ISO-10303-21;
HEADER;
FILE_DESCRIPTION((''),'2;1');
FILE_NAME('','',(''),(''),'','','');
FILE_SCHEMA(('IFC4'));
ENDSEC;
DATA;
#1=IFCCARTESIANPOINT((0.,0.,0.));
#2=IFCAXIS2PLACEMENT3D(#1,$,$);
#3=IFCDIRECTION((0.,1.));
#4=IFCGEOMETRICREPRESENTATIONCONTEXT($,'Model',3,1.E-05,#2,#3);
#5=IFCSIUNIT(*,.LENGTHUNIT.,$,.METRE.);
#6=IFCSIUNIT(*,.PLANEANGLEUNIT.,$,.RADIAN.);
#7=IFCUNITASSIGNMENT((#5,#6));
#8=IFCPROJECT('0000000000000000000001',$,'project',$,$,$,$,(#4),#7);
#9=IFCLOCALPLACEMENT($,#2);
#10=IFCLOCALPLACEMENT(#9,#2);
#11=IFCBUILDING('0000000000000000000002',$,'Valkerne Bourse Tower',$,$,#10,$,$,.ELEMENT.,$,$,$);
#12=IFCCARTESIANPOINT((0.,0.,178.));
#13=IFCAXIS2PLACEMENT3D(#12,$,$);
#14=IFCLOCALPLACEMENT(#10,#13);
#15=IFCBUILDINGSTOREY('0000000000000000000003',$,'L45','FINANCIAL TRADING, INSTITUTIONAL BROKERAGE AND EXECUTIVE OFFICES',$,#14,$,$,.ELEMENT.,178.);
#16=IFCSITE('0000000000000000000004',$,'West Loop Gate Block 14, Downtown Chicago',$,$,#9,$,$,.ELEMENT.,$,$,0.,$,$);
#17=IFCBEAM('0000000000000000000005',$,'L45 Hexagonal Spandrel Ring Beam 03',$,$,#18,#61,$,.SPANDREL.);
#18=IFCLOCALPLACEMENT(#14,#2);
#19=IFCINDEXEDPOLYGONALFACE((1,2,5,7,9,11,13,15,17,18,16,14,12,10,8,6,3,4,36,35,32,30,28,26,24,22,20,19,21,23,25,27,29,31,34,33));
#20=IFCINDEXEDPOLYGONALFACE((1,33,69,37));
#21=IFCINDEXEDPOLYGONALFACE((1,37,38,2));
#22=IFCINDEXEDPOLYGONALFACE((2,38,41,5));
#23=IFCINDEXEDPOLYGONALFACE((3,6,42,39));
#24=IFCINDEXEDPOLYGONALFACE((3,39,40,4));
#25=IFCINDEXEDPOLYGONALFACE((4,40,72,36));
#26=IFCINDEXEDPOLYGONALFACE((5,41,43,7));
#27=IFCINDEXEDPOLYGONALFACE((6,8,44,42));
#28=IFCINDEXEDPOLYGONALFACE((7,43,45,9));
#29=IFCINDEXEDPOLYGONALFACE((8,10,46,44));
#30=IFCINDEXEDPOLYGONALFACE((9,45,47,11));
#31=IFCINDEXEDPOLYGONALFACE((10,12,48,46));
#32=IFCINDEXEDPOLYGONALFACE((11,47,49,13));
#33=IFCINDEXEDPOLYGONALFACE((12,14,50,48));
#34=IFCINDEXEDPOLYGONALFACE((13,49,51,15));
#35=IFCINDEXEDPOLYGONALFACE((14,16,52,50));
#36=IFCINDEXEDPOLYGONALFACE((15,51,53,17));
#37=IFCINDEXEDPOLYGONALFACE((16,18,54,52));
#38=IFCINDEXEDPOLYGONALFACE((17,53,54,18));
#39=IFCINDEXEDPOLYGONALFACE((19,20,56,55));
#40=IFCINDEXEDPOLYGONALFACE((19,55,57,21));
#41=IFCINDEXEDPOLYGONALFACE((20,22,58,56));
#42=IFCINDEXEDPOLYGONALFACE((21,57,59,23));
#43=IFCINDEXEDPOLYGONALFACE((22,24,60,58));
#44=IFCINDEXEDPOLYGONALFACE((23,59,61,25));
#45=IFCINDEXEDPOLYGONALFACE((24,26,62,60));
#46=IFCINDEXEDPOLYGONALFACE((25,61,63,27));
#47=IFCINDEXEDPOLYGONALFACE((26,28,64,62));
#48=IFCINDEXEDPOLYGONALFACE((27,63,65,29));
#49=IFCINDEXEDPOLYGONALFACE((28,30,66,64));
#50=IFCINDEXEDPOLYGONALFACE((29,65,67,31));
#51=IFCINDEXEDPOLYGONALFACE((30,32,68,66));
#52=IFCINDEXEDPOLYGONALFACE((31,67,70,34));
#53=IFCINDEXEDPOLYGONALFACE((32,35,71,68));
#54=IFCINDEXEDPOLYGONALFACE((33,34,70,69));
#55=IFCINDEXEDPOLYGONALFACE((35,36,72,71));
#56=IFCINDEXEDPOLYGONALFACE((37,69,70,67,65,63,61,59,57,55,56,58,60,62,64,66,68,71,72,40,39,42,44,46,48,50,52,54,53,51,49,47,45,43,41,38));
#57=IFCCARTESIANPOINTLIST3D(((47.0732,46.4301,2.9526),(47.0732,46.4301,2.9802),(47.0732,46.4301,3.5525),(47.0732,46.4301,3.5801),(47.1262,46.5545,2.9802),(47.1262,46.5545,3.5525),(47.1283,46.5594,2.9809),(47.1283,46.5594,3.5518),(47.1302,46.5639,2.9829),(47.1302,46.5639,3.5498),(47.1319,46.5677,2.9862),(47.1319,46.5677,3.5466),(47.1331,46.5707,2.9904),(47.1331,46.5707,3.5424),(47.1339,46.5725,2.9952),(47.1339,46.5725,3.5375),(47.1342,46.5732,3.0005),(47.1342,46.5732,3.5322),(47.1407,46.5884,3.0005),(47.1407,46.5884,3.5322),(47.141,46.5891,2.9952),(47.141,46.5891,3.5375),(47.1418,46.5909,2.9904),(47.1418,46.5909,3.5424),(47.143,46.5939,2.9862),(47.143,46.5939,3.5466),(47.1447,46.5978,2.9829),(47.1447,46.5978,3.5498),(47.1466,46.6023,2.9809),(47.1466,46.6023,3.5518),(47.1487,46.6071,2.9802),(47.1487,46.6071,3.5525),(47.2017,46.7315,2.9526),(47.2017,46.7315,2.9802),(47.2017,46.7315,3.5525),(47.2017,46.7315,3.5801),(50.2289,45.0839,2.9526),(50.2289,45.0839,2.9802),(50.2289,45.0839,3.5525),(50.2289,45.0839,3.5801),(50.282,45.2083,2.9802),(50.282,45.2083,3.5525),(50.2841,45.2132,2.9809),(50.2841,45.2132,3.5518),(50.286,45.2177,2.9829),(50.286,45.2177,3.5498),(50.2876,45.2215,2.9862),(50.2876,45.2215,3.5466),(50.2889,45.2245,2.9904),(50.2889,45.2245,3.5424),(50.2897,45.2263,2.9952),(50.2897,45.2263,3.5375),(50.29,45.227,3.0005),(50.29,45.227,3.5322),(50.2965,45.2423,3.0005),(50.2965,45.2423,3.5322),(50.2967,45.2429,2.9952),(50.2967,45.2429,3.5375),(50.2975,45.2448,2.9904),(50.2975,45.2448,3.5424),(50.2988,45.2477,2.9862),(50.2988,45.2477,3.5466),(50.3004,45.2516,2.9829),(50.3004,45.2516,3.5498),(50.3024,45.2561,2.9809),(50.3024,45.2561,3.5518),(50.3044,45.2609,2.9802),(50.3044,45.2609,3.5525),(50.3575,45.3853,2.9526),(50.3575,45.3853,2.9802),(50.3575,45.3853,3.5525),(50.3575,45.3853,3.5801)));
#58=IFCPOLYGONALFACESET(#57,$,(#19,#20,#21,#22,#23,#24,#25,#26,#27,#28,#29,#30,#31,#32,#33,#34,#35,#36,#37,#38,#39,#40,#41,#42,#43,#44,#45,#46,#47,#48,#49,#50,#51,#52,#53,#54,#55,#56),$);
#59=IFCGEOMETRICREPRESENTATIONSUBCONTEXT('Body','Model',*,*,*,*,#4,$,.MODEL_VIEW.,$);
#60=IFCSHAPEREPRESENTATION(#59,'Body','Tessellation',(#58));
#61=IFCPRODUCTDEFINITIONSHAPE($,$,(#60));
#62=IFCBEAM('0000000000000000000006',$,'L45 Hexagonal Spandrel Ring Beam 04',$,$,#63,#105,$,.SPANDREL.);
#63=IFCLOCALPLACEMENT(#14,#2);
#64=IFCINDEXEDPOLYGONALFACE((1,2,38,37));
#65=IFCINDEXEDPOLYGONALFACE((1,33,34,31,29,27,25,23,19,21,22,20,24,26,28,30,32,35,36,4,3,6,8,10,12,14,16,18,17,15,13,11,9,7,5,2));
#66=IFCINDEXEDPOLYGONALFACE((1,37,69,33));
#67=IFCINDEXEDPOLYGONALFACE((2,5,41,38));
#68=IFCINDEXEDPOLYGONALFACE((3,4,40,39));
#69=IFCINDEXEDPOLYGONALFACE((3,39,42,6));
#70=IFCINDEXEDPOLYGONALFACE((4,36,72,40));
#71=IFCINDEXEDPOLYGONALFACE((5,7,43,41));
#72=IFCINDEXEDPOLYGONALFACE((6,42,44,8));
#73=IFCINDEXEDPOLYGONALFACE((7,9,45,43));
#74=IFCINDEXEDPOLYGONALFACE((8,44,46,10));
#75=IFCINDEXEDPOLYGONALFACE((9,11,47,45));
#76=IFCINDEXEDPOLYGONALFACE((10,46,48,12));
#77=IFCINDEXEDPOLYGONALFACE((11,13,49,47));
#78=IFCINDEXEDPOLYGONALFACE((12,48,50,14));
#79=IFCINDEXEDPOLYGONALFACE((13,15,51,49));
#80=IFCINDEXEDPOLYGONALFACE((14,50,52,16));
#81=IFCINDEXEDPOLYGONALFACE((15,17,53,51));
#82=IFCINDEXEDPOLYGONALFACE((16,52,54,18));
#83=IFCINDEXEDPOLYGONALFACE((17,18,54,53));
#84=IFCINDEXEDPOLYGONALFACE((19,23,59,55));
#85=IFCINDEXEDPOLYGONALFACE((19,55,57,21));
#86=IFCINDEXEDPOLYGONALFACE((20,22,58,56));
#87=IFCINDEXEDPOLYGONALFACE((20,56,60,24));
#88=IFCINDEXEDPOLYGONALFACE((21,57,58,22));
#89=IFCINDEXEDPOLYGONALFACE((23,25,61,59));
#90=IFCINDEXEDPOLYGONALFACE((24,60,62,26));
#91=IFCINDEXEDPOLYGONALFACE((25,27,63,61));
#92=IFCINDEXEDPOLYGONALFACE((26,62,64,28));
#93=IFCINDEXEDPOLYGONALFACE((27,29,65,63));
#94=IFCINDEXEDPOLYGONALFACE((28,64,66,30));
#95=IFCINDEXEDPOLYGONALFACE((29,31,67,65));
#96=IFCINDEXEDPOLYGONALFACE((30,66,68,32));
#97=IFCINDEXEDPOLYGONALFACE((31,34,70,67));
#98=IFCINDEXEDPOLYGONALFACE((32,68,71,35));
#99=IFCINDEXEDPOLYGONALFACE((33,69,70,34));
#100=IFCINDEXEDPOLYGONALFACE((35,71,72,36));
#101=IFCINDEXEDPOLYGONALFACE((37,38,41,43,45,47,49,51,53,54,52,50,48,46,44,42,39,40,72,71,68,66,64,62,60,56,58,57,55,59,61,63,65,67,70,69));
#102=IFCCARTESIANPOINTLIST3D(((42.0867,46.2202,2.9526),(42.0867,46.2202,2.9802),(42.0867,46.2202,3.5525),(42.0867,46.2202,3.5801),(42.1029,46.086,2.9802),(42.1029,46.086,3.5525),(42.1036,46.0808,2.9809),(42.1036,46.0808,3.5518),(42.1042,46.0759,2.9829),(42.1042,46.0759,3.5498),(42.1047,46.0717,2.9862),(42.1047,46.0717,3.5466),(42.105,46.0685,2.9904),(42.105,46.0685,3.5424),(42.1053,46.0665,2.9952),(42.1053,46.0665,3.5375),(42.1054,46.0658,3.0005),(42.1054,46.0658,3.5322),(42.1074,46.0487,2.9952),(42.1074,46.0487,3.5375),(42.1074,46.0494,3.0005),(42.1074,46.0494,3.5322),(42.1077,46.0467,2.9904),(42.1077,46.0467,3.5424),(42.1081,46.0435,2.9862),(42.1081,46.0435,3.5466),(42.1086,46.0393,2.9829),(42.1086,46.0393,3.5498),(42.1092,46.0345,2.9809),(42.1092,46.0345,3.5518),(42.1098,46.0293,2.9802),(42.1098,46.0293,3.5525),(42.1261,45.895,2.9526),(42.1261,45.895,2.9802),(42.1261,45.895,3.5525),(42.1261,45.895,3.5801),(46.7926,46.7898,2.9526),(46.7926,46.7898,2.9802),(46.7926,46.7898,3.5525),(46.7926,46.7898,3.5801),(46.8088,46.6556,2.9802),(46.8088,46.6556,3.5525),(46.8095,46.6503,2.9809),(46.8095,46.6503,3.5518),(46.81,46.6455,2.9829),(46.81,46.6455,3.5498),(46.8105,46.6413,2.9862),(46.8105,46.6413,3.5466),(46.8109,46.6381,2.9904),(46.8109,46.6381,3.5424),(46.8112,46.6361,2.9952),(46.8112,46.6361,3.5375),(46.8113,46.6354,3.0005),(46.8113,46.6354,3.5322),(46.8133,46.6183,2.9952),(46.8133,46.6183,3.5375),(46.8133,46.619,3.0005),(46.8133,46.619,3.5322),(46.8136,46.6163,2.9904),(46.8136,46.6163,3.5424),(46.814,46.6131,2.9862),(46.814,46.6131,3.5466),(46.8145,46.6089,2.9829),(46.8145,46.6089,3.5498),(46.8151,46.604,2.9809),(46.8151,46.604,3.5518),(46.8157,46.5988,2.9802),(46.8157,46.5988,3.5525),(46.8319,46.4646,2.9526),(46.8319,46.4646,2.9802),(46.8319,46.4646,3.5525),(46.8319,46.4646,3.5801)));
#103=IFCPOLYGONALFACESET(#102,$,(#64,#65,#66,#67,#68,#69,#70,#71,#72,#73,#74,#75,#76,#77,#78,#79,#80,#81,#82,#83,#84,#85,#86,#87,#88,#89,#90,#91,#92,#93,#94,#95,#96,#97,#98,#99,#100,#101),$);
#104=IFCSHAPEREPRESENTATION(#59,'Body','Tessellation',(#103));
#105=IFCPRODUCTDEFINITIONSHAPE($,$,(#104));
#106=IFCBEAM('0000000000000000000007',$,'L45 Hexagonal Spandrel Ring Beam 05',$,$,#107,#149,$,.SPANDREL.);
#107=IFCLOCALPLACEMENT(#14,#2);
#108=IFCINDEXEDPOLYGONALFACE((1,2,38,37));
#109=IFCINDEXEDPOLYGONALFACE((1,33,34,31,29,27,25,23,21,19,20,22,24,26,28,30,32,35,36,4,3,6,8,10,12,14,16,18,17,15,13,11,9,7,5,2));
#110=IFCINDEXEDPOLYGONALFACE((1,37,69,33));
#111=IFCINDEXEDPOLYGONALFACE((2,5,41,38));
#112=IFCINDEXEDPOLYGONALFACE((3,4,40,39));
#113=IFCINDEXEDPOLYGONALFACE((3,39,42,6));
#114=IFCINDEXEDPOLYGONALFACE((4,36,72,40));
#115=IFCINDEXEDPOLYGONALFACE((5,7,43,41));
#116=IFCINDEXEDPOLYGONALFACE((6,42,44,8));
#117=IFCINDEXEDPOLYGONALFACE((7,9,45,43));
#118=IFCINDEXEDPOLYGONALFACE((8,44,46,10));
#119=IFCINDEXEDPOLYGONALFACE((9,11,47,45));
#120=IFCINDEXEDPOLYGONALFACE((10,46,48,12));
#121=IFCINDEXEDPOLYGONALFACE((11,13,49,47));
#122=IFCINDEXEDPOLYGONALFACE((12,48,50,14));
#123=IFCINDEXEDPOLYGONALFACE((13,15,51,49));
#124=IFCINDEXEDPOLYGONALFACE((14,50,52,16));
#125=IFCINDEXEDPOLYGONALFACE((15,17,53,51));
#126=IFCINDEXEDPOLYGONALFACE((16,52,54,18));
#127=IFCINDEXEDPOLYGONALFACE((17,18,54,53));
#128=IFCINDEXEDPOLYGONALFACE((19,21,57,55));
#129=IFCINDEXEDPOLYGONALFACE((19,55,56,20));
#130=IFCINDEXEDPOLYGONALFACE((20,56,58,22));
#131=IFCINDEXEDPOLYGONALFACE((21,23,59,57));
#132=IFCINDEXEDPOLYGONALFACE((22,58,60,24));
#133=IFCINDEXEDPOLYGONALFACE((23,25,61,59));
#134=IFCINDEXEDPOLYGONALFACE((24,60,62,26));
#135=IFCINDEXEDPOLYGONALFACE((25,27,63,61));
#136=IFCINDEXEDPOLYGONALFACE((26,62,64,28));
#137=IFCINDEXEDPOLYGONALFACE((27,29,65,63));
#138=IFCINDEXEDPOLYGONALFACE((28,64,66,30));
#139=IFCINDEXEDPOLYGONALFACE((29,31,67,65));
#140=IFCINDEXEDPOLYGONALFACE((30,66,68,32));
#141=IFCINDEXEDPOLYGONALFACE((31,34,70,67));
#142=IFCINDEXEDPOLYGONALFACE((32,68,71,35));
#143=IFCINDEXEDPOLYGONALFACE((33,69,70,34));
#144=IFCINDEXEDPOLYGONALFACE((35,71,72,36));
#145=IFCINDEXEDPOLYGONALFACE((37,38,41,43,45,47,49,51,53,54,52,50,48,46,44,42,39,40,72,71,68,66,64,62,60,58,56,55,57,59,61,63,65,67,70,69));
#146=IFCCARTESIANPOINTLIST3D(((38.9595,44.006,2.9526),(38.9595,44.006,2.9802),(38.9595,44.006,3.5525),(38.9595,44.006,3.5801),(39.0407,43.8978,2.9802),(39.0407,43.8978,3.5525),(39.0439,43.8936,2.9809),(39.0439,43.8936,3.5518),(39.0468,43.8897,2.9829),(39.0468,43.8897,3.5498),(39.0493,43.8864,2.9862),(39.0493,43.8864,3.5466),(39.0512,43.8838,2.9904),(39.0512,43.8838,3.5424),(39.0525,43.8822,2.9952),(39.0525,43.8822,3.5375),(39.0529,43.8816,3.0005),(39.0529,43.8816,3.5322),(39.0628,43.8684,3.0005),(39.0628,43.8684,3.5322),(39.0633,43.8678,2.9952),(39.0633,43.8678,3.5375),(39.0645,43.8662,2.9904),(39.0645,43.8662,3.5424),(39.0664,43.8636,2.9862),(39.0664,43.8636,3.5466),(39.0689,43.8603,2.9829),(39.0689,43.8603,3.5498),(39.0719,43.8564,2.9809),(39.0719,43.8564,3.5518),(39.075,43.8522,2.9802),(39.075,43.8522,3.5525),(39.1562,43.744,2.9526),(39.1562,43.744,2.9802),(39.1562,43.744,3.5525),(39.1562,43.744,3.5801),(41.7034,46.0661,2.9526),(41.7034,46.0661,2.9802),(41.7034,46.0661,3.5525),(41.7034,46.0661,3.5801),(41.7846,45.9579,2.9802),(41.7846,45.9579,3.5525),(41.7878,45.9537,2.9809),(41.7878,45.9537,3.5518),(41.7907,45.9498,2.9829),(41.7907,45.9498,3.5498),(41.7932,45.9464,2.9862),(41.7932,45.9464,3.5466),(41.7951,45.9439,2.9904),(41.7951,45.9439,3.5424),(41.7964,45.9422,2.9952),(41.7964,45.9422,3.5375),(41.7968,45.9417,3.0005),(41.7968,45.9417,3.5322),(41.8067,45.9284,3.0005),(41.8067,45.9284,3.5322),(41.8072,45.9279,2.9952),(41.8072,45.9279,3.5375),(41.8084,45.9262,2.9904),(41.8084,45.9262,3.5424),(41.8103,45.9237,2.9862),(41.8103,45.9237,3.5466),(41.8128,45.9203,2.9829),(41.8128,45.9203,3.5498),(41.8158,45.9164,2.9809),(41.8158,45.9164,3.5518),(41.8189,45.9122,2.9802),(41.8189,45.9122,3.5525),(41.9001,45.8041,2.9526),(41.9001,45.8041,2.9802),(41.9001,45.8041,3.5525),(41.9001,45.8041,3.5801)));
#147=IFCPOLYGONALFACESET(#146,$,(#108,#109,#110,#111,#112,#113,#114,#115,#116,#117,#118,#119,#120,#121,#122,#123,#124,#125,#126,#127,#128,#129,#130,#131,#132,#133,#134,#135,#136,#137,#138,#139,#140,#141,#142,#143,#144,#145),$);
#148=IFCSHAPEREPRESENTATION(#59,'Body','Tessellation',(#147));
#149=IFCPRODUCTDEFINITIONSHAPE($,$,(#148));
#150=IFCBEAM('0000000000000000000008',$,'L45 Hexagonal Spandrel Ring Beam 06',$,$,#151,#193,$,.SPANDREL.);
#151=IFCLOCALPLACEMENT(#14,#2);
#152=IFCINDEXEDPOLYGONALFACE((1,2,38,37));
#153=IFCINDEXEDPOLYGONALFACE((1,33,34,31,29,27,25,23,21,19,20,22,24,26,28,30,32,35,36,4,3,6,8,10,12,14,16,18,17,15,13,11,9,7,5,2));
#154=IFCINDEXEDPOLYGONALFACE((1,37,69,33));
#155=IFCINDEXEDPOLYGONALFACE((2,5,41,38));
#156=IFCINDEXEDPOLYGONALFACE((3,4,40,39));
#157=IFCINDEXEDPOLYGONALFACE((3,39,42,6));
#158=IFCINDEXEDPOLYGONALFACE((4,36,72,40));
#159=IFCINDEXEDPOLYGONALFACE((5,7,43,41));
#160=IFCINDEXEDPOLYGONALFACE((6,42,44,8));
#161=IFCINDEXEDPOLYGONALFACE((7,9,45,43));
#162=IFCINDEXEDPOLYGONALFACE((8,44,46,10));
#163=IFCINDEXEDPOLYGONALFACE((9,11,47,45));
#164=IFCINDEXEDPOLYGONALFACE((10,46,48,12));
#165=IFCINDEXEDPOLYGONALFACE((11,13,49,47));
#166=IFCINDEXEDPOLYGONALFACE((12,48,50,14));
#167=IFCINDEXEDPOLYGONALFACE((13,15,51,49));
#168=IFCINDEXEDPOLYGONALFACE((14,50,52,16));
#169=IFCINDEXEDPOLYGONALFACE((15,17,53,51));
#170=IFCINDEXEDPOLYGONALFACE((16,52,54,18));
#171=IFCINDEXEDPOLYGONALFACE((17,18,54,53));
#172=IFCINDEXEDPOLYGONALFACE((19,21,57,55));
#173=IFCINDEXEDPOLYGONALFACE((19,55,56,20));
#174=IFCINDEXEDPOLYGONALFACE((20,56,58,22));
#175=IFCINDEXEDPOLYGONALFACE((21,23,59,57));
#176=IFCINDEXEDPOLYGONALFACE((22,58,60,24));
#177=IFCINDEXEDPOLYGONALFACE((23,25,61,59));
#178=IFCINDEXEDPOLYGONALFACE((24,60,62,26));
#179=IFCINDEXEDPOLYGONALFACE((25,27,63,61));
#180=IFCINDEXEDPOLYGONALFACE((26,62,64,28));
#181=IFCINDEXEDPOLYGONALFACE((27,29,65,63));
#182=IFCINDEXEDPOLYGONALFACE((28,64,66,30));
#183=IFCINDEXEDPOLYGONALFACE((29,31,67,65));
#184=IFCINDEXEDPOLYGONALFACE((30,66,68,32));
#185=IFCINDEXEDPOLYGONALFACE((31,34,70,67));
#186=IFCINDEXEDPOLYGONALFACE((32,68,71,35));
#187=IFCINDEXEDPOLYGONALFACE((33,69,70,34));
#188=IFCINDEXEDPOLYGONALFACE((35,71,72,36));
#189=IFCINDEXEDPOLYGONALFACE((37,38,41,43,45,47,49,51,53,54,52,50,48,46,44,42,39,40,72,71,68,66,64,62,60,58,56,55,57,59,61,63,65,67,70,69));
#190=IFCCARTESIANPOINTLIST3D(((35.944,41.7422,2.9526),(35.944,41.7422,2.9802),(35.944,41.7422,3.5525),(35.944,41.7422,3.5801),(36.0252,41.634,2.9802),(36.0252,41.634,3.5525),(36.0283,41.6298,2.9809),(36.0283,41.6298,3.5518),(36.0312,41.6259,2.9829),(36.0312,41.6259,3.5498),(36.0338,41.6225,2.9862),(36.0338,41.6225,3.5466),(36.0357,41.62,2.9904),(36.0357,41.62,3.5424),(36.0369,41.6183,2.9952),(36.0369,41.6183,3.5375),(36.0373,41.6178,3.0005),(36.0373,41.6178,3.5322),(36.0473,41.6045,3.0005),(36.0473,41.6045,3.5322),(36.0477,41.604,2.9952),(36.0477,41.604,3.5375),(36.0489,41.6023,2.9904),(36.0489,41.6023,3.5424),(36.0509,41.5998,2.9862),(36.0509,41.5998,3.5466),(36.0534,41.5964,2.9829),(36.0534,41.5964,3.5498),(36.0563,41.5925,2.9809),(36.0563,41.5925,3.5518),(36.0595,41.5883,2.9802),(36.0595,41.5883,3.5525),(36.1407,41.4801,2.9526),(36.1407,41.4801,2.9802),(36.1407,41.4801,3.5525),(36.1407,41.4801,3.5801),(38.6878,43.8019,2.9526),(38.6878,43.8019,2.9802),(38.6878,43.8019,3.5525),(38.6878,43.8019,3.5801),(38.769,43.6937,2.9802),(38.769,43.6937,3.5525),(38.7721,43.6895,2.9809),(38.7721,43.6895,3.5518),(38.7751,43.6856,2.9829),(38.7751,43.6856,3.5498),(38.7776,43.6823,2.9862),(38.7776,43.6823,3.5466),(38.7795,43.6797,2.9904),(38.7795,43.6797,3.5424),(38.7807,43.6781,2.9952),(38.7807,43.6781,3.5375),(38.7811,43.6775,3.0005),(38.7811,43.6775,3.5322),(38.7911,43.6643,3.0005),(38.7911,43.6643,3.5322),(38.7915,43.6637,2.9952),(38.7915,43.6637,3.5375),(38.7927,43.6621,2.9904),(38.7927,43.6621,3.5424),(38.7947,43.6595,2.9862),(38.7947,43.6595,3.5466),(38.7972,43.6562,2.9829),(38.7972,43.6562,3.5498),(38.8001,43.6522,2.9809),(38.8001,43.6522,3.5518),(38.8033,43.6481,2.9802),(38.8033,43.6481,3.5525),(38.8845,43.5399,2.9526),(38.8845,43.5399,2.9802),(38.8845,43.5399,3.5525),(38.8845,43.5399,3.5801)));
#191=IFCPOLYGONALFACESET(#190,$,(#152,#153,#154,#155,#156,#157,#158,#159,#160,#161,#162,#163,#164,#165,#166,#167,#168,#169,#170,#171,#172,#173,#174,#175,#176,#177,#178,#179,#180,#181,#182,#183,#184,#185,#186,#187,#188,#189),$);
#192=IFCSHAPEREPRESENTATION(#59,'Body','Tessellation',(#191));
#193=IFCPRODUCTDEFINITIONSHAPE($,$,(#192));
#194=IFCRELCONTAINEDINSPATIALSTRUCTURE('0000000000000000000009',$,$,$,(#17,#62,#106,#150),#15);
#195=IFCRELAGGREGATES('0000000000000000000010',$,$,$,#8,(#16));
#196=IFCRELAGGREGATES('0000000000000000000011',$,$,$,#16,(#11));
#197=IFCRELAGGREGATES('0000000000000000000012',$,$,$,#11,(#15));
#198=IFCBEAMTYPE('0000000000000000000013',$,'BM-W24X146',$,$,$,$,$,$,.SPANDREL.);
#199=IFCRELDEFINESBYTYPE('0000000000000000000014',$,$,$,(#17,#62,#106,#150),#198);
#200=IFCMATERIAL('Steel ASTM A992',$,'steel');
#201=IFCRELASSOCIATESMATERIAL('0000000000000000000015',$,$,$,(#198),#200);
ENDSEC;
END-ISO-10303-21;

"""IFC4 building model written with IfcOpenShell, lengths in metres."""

from ifc_helpers import new_model, si_unit, direction, frame, origin, origin_2d, place, context, subcontext, project, spatial, i_section, extrude, material, material_profile, profile_set, type_object, element, save


model = new_model("IFC4")

# Units and contexts
model_context = context("Model", 3, precision=1e-05, world=origin(), true_north=direction((0.0, 1.0)))
body_context = subcontext(model_context, "Body", "Model", "MODEL_VIEW")
ifc_project = project(units=[si_unit("LENGTHUNIT", "METRE"), si_unit("PLANEANGLEUNIT", "RADIAN")], contexts=[model_context])

# Site, building, storey
site_placement = place(None, origin())
site = spatial("IfcSite", under=ifc_project, at=site_placement, Name="West Loop Gate Block 14, Downtown Chicago", CompositionType="ELEMENT", RefElevation=0.0)
building_placement = place(site_placement, origin())
building = spatial("IfcBuilding", under=site, at=building_placement, Name="Valkerne Bourse Tower", CompositionType="ELEMENT")
storey_placement = place(building_placement, frame((0.0, 0.0, 178.0)))
storey = spatial("IfcBuildingStorey", under=building, at=storey_placement, Name="L45", Description="FINANCIAL TRADING, INSTITUTIONAL BROKERAGE AND EXECUTIVE OFFICES", CompositionType="ELEMENT", Elevation=178.0)

# Beams
ifc_material_1 = material(Name="Steel ASTM A992", Category="steel")
ifc_material_profile_1 = material_profile(ifc_material_1, i_section(OverallWidth=0.3276, OverallDepth=0.6274, WebThickness=0.0166, FlangeThickness=0.0276, FilletRadius=0.0203, at=origin_2d()), Name="W24X146")
ifc_profile_set_1 = profile_set([ifc_material_profile_1], Name="Steel ASTM A992")
beam_type_1 = type_object("IfcBeamType", Name="BM-W24X146", PredefinedType="SPANDREL", material=ifc_profile_set_1)
beam_1_placement = place(storey_placement, frame((50.2932, 45.2346, 3.2664), z_axis=(-0.919806, 0.392373, 0.0), x_axis=(-0.392373, -0.919806, 0.0)))
element("IfcBeam", 1, at=beam_1_placement, inside=storey, type_object=beam_type_1, Name="L45 Hexagonal Spandrel Ring Beam 03", PredefinedType="SPANDREL", context=body_context, shape_type="SweptSolid", body=[
    extrude(i_section(OverallWidth=0.3276, OverallDepth=0.6274, WebThickness=0.0166, FlangeThickness=0.0276, FilletRadius=0.0203, at=origin_2d()), origin(), (0.0, 0.0, 1.0), 3.4309),
])
beam_2_placement = place(storey_placement, frame((46.8123, 46.6272, 3.2664), z_axis=(-0.992754, -0.120161, 0.0), x_axis=(0.120161, -0.992754, 0.0)))
element("IfcBeam", 2, at=beam_2_placement, inside=storey, type_object=beam_type_1, Name="L45 Hexagonal Spandrel Ring Beam 04", PredefinedType="SPANDREL", context=body_context, shape_type="SweptSolid", body=[
    extrude(i_section(OverallWidth=0.3276, OverallDepth=0.6274, WebThickness=0.0166, FlangeThickness=0.0276, FilletRadius=0.0203, at=origin_2d()), origin(), (0.0, 0.0, 1.0), 4.7402),
])
beam_3_placement = place(storey_placement, frame((41.8018, 45.9351, 3.2664), z_axis=(-0.799701, -0.600398, 0.0), x_axis=(0.600398, -0.799701, 0.0)))
element("IfcBeam", 3, at=beam_3_placement, inside=storey, type_object=beam_type_1, Name="L45 Hexagonal Spandrel Ring Beam 05", PredefinedType="SPANDREL", context=body_context, shape_type="SweptSolid", body=[
    extrude(i_section(OverallWidth=0.3276, OverallDepth=0.6274, WebThickness=0.0166, FlangeThickness=0.0276, FilletRadius=0.0203, at=origin_2d()), origin(), (0.0, 0.0, 1.0), 3.4312),
])
beam_4_placement = place(storey_placement, frame((38.7861, 43.6709, 3.2664), z_axis=(-0.799735, -0.600353, 0.0), x_axis=(0.600353, -0.799735, 0.0)))
element("IfcBeam", 4, at=beam_4_placement, inside=storey, type_object=beam_type_1, Name="L45 Hexagonal Spandrel Ring Beam 06", PredefinedType="SPANDREL", context=body_context, shape_type="SweptSolid", body=[
    extrude(i_section(OverallWidth=0.3276, OverallDepth=0.6274, WebThickness=0.0166, FlangeThickness=0.0276, FilletRadius=0.0203, at=origin_2d()), origin(), (0.0, 0.0, 1.0), 3.4309),
])

save(model, "model.ifc")
